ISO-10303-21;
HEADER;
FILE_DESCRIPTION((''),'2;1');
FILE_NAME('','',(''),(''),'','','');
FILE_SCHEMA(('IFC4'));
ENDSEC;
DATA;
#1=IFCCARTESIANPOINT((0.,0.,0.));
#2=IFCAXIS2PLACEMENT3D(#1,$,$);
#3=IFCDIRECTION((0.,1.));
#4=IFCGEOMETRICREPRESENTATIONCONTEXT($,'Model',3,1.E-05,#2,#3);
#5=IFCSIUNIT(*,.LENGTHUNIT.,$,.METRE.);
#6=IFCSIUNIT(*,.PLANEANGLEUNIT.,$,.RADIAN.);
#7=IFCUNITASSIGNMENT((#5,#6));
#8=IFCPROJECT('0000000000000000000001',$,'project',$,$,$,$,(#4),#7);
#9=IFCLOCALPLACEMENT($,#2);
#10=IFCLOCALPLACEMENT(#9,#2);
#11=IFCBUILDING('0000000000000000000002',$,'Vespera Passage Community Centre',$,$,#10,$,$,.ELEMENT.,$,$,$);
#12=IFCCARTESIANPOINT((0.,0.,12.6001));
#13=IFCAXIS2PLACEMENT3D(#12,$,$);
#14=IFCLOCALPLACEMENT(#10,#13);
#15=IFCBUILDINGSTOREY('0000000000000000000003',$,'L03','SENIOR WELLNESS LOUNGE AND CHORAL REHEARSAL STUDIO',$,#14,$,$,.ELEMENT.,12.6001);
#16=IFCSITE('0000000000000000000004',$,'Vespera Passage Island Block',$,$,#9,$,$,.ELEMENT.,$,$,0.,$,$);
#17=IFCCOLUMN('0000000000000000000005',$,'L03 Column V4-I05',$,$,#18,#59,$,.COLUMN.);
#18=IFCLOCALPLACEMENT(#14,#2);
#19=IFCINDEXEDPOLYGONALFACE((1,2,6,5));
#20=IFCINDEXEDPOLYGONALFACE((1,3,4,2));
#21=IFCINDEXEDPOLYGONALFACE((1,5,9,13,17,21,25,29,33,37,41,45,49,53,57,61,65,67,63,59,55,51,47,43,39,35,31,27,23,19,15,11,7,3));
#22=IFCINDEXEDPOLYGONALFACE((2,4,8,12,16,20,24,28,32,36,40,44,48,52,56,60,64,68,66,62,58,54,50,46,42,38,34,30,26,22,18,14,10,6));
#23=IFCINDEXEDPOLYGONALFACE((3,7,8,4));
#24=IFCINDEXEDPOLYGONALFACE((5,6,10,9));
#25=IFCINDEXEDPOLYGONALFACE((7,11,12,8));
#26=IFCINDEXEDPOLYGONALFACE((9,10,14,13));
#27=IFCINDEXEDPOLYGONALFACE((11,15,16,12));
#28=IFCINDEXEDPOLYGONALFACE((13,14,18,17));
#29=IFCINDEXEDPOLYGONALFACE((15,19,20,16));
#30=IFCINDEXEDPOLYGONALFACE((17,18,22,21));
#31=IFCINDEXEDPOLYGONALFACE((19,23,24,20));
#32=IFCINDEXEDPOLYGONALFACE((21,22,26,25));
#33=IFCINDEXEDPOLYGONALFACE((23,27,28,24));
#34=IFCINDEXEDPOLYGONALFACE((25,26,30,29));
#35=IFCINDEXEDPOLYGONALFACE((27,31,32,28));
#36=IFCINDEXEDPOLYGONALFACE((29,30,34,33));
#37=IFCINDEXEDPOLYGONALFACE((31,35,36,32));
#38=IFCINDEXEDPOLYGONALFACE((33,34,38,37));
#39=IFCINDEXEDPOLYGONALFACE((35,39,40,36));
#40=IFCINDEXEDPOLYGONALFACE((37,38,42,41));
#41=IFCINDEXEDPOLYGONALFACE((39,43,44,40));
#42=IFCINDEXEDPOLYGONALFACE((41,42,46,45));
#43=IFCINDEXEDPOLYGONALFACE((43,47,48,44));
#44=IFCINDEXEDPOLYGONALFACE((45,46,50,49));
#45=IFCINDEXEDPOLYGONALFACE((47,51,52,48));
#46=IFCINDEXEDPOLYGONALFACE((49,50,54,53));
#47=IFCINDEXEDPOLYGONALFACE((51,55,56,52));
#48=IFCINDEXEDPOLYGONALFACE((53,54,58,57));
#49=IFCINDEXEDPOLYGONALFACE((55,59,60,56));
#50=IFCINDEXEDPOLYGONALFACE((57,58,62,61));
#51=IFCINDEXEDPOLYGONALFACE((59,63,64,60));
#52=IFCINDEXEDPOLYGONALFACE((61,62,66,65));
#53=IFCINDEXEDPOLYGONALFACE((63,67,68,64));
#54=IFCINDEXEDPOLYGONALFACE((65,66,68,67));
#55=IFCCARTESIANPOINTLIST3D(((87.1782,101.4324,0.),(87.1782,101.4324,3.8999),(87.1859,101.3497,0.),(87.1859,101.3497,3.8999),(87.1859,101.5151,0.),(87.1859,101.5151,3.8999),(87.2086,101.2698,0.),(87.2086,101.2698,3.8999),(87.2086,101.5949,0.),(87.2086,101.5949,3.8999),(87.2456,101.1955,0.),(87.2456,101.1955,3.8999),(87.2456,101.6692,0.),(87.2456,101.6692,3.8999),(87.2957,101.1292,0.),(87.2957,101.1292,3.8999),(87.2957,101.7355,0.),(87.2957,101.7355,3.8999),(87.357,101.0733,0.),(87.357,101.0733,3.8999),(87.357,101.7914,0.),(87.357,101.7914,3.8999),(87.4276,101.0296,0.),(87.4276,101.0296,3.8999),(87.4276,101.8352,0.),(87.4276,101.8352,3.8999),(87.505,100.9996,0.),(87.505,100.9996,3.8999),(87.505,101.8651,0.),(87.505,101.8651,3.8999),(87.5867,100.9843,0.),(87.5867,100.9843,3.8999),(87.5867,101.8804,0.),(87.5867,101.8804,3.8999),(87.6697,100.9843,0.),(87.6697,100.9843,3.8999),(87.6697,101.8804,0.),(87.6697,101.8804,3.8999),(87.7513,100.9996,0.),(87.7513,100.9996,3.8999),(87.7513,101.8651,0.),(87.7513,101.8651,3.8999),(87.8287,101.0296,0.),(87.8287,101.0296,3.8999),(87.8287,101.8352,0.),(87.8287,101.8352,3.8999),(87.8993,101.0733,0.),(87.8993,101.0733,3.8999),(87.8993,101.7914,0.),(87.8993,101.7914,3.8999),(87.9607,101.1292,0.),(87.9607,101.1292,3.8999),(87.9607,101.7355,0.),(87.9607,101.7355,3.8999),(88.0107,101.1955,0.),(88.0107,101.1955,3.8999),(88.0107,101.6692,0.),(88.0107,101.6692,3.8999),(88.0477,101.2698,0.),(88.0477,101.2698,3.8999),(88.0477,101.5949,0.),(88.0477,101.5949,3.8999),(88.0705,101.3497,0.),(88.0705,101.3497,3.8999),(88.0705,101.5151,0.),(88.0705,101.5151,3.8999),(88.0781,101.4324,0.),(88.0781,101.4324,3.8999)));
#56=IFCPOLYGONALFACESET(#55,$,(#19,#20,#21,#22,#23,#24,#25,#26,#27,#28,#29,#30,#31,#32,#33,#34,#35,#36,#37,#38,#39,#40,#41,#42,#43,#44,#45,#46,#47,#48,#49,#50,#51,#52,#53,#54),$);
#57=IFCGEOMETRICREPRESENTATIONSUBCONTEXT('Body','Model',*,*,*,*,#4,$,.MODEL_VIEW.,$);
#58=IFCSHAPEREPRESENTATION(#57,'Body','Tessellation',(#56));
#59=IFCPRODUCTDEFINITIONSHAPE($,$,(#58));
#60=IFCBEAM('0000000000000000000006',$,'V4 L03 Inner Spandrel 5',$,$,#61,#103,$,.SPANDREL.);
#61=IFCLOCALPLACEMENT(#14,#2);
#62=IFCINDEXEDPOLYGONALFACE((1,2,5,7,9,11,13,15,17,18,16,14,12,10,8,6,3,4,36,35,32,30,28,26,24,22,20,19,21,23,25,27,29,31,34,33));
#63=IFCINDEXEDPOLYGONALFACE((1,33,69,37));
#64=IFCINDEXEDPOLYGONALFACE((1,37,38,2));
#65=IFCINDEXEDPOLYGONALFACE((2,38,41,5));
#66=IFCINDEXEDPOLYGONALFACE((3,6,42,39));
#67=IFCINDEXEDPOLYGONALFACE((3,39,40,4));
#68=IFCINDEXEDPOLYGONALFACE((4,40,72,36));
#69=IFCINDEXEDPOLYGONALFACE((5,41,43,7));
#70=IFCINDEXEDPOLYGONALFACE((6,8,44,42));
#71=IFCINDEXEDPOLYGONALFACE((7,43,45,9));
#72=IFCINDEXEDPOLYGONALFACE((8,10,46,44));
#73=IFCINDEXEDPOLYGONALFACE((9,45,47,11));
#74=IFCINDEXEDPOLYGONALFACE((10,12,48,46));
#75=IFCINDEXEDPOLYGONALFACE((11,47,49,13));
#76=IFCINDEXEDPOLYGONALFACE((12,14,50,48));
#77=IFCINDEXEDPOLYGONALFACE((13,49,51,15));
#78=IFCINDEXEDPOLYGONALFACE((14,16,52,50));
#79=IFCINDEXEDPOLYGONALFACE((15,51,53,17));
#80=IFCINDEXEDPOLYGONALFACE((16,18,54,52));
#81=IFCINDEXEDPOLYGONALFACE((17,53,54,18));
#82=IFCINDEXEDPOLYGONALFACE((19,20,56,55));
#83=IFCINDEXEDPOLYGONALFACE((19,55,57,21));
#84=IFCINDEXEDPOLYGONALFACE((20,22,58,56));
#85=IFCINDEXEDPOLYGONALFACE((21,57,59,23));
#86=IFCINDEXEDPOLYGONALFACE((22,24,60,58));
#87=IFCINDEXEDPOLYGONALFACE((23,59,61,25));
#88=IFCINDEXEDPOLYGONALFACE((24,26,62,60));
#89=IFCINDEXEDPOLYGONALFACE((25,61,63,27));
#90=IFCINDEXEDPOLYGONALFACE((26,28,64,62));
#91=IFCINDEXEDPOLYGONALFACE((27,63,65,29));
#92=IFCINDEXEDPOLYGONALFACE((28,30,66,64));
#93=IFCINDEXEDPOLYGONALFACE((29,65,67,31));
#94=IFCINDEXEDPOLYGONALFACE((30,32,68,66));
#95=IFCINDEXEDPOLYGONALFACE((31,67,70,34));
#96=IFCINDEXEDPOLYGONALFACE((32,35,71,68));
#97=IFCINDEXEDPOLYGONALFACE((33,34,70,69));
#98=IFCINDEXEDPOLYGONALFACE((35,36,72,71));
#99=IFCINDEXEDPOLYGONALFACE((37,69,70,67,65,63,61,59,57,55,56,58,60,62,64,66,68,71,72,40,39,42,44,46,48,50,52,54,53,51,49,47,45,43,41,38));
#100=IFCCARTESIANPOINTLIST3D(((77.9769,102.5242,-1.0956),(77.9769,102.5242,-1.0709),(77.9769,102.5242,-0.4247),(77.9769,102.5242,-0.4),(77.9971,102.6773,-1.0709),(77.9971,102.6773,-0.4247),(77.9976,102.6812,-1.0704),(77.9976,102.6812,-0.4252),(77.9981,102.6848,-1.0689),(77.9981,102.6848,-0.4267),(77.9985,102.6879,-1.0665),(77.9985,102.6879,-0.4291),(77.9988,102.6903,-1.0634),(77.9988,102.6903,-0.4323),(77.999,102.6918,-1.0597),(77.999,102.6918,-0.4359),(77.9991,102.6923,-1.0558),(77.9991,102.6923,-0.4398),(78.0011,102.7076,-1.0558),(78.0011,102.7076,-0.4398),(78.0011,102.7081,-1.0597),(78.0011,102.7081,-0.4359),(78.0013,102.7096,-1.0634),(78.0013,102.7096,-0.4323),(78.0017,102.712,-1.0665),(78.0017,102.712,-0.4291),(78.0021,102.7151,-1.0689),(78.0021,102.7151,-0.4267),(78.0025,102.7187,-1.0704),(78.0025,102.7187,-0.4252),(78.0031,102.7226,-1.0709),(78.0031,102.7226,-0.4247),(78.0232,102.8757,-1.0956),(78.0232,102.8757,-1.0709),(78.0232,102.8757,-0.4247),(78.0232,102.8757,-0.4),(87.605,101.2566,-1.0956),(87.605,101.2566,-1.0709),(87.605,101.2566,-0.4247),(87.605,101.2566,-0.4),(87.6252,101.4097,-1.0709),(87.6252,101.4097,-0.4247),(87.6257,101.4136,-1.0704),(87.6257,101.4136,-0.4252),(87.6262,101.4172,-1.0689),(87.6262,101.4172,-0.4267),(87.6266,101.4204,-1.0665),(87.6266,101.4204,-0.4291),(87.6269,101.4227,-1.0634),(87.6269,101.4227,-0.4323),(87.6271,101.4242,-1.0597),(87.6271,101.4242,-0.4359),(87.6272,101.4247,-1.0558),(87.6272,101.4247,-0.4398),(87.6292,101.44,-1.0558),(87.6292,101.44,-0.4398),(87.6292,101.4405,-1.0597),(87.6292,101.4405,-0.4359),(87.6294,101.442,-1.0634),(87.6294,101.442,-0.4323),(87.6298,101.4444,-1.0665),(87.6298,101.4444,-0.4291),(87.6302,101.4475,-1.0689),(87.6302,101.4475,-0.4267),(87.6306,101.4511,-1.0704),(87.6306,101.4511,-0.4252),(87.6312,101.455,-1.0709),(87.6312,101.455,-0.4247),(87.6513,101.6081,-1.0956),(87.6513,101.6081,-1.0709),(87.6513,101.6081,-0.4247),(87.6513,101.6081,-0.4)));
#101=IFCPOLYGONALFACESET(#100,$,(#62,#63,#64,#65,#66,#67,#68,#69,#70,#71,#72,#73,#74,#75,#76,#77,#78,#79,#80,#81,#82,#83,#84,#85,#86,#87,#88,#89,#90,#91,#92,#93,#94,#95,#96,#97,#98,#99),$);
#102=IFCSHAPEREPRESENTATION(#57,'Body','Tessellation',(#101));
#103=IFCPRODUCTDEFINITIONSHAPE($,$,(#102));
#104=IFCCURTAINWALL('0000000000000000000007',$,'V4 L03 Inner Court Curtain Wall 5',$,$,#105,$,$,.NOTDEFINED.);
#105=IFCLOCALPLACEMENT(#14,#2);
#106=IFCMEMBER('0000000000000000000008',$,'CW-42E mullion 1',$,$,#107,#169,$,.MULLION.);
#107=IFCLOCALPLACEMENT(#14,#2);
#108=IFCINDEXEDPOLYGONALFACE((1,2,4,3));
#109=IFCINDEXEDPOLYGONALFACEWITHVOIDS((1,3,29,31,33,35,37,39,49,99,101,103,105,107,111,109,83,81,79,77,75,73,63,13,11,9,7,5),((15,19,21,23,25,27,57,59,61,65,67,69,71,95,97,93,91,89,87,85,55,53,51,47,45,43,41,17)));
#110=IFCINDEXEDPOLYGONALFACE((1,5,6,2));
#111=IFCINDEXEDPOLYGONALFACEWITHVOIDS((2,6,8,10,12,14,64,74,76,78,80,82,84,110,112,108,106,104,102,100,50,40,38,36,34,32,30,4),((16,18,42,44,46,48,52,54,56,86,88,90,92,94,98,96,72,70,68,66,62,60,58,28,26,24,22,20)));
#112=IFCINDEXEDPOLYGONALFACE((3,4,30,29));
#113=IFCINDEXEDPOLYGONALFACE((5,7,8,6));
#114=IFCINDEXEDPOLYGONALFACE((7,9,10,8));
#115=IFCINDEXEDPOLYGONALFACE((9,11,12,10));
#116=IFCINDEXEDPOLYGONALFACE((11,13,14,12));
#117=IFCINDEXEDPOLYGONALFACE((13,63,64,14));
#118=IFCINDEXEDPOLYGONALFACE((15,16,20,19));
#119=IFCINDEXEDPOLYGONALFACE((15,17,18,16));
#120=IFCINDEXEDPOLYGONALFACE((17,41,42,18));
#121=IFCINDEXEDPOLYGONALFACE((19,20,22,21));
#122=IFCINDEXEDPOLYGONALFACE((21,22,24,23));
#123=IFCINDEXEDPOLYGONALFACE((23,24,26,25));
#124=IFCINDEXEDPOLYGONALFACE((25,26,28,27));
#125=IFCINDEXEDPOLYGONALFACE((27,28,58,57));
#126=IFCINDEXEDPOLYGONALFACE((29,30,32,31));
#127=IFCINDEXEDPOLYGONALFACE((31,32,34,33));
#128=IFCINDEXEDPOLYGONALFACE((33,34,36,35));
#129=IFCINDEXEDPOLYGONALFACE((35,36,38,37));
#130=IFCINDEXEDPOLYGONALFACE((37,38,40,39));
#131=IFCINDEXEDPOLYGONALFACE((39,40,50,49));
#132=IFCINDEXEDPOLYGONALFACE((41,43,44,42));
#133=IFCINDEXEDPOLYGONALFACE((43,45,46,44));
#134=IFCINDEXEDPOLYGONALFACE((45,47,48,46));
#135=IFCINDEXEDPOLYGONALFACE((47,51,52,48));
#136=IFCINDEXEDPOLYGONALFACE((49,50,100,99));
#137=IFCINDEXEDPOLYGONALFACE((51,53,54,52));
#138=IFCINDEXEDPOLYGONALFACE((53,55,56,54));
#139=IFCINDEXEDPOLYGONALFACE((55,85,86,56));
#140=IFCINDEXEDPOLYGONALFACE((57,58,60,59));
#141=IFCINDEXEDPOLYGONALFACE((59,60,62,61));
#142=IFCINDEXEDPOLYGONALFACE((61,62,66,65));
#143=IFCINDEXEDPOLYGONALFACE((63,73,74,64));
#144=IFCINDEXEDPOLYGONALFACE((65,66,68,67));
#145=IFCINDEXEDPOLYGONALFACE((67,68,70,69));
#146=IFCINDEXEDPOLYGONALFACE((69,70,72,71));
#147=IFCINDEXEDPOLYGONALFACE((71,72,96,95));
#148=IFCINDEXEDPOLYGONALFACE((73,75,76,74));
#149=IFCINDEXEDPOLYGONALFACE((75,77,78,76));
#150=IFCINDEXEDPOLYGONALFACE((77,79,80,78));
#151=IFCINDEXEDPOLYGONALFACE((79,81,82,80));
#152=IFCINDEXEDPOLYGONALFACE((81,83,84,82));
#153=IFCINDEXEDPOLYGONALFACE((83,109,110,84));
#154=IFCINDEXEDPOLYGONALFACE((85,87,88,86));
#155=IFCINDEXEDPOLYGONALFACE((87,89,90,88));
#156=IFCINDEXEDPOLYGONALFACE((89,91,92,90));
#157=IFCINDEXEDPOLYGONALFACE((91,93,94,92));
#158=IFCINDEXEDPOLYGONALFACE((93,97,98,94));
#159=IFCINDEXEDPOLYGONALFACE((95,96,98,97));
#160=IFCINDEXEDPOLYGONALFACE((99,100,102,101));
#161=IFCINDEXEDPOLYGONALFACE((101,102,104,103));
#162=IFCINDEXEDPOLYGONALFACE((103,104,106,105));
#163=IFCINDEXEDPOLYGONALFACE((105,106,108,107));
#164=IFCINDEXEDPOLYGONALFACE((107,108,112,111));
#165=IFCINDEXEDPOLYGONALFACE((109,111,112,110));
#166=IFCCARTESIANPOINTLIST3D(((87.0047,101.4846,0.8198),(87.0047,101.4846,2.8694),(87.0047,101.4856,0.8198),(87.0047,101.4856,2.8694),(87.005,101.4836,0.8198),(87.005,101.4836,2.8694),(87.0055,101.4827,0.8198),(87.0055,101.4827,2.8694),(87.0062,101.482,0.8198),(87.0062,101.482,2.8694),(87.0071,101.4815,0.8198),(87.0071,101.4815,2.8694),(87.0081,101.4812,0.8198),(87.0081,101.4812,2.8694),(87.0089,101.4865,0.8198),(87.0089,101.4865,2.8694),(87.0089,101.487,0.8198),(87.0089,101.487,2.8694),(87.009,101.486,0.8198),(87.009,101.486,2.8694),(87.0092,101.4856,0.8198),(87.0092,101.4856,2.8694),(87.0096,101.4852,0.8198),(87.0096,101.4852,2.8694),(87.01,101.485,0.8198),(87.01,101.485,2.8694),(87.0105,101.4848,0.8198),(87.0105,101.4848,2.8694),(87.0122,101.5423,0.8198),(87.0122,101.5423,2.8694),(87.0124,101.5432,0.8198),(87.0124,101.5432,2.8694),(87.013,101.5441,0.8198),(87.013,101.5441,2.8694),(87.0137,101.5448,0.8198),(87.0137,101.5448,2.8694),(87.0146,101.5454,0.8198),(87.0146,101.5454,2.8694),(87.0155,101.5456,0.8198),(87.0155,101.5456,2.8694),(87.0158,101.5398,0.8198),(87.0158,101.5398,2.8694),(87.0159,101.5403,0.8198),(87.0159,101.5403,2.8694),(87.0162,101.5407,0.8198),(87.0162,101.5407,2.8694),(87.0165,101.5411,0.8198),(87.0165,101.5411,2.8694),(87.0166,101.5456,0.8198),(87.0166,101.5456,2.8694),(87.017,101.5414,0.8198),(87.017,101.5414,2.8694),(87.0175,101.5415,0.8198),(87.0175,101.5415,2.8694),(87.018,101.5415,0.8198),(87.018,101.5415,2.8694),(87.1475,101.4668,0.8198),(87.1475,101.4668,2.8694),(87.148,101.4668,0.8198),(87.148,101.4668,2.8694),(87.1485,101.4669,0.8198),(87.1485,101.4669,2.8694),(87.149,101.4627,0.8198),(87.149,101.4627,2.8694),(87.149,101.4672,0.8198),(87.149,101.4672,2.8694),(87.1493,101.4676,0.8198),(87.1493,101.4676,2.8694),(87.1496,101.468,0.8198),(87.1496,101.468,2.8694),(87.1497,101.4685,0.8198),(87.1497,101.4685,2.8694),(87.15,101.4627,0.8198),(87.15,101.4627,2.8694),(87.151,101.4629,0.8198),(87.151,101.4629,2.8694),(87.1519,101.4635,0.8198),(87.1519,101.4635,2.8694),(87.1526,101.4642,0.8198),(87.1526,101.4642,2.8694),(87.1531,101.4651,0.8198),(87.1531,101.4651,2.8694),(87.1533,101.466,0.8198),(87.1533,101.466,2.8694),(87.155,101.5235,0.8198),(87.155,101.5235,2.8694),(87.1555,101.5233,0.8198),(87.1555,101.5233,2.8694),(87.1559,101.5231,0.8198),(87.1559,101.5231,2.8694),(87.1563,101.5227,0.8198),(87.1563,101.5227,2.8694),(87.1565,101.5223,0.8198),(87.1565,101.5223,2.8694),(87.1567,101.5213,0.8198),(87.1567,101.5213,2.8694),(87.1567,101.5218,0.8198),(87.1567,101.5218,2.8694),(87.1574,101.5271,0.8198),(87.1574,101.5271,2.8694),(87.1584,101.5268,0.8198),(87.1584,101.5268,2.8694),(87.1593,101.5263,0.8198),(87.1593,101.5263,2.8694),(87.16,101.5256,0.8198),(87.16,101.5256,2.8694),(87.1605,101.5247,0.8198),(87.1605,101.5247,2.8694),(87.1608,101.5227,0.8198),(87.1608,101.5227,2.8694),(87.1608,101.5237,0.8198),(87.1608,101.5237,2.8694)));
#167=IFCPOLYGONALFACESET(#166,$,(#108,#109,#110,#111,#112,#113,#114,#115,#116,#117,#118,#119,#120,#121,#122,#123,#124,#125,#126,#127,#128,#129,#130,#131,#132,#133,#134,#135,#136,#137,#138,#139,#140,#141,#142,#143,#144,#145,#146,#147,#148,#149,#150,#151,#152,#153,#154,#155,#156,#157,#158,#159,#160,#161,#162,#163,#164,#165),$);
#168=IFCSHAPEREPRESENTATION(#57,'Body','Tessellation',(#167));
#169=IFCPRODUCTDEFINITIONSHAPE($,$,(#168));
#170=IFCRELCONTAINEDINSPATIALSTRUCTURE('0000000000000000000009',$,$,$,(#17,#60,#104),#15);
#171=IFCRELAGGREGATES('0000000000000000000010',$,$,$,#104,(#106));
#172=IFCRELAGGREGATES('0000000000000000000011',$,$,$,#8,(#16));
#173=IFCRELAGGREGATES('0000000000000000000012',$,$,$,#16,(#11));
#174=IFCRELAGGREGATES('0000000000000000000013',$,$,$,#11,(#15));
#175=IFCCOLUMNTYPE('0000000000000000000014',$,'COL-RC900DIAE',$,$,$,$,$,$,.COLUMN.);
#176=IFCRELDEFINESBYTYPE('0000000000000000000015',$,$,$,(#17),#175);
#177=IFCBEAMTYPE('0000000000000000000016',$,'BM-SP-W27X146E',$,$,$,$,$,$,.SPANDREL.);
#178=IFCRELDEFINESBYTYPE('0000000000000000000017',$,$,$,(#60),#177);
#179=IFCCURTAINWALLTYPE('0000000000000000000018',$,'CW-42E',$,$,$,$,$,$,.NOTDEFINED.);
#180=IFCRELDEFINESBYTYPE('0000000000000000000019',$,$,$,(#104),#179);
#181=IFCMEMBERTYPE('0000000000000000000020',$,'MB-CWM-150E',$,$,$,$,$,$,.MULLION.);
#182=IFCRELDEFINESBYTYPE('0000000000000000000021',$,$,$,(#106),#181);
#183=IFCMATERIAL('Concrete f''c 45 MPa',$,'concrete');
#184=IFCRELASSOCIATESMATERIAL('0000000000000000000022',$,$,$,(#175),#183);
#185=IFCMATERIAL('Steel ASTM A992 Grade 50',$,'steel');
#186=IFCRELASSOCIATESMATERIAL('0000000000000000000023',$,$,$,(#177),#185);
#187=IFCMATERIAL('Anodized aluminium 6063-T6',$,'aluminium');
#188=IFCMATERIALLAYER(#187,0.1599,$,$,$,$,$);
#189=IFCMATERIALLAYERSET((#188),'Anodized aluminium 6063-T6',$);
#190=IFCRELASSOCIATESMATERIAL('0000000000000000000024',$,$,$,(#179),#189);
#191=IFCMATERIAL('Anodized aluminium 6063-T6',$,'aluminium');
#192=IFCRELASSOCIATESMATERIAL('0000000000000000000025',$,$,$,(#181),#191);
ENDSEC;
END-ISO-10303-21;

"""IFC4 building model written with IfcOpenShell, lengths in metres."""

from ifc_helpers import new_model, si_unit, direction, frame, origin, origin_2d, place, context, subcontext, project, spatial, hollow_rectangle, circle, i_section, extrude, material, layer, layer_set, material_profile, profile_set, type_object, element, aggregate, save


model = new_model("IFC4")

# Units and contexts
model_context = context("Model", 3, precision=1e-05, world=origin(), true_north=direction((0.0, 1.0)))
body_context = subcontext(model_context, "Body", "Model", "MODEL_VIEW")
ifc_project = project(units=[si_unit("LENGTHUNIT", "METRE"), si_unit("PLANEANGLEUNIT", "RADIAN")], contexts=[model_context])

# Site, building, storey
site_placement = place(None, origin())
site = spatial("IfcSite", under=ifc_project, at=site_placement, Name="Vespera Passage Island Block", CompositionType="ELEMENT", RefElevation=0.0)
building_placement = place(site_placement, origin())
building = spatial("IfcBuilding", under=site, at=building_placement, Name="Vespera Passage Community Centre", CompositionType="ELEMENT")
storey_placement = place(building_placement, frame((0.0, 0.0, 12.6001)))
storey = spatial("IfcBuildingStorey", under=building, at=storey_placement, Name="L03", Description="SENIOR WELLNESS LOUNGE AND CHORAL REHEARSAL STUDIO", CompositionType="ELEMENT", Elevation=12.6001)

# Column
ifc_material_1 = material(Name="Concrete f'c 45 MPa", Category="concrete")
ifc_material_profile_1 = material_profile(ifc_material_1, circle(Radius=0.45, at=origin_2d()), Name="RC900DIA")
ifc_profile_set_1 = profile_set([ifc_material_profile_1], Name="Concrete f'c 45 MPa")
column_type = type_object("IfcColumnType", Name="COL-RC900DIAE", PredefinedType="COLUMN", material=ifc_profile_set_1)
column_placement = place(storey_placement, frame((87.6282, 101.4324, 0.0), z_axis=(0.0, 0.0, 1.0), x_axis=(1.0, 0.0, 0.0)))
element("IfcColumn", 1, at=column_placement, inside=storey, type_object=column_type, Name="L03 Column V4-I05", PredefinedType="COLUMN", context=body_context, shape_type="SweptSolid", body=[
    extrude(circle(Radius=0.45, at=origin_2d()), origin(), (0.0, 0.0, 1.0), 3.8999),
])

# Beam
ifc_material_2 = material(Name="Steel ASTM A992 Grade 50", Category="steel")
ifc_material_profile_2 = material_profile(ifc_material_2, i_section(OverallWidth=0.3545, OverallDepth=0.6956, WebThickness=0.0154, FlangeThickness=0.0247, FilletRadius=0.0151, at=origin_2d()), Name="W27X146")
ifc_profile_set_2 = profile_set([ifc_material_profile_2], Name="Steel ASTM A992 Grade 50")
beam_type = type_object("IfcBeamType", Name="BM-SP-W27X146E", PredefinedType="SPANDREL", material=ifc_profile_set_2)
beam_placement = place(storey_placement, frame((87.6282, 101.4324, -0.7478), z_axis=(-0.991445, 0.130527, 0.0), x_axis=(-0.130527, -0.991445, 0.0)))
element("IfcBeam", 2, at=beam_placement, inside=storey, type_object=beam_type, Name="V4 L03 Inner Spandrel 5", PredefinedType="SPANDREL", context=body_context, shape_type="SweptSolid", body=[
    extrude(i_section(OverallWidth=0.3545, OverallDepth=0.6956, WebThickness=0.0154, FlangeThickness=0.0247, FilletRadius=0.0151, at=origin_2d()), origin(), (0.0, 0.0, 1.0), 9.7112),
])

# Curtain wall, member
ifc_material_3 = material(Name="Anodized aluminium 6063-T6", Category="aluminium")
ifc_layer_1 = layer(ifc_material_3, 0.1599)
ifc_layer_set_1 = layer_set([ifc_layer_1], Name="Anodized aluminium 6063-T6")
curtain_wall_type = type_object("IfcCurtainWallType", Name="CW-42E", PredefinedType="NOTDEFINED", material=ifc_layer_set_1)
curtain_wall_placement = place(storey_placement, origin())
curtain_wall = element("IfcCurtainWall", 3, at=curtain_wall_placement, inside=storey, type_object=curtain_wall_type, Name="V4 L03 Inner Court Curtain Wall 5", PredefinedType="NOTDEFINED")
ifc_material_4 = material(Name="Anodized aluminium 6063-T6", Category="aluminium")
ifc_material_profile_3 = material_profile(ifc_material_4, hollow_rectangle(XDim=0.0649, YDim=0.1499, WallThickness=0.0039, InnerFilletRadius=0.002, OuterFilletRadius=0.0039, at=origin_2d()), Name="ALU150X65X4")
ifc_profile_set_3 = profile_set([ifc_material_profile_3], Name="Anodized aluminium 6063-T6")
member_type_1 = type_object("IfcMemberType", Name="MB-CWM-150E", PredefinedType="MULLION", material=ifc_profile_set_3)
member_1_placement = place(storey_placement, frame((87.0828, 101.5042, 0.8198), z_axis=(0.0, 0.0, 1.0), x_axis=(-0.130522, -0.991445, 0.0)))
member_1 = element("IfcMember", 4, at=member_1_placement, type_object=member_type_1, Name="CW-42E mullion 1", PredefinedType="MULLION", context=body_context, shape_type="SweptSolid", body=[
    extrude(hollow_rectangle(XDim=0.0649, YDim=0.1499, WallThickness=0.0039, InnerFilletRadius=0.002, OuterFilletRadius=0.0039, at=origin_2d()), origin(), (0.0, 0.0, 1.0), 2.0496),
])
aggregate(curtain_wall, [member_1])

save(model, "model.ifc")
